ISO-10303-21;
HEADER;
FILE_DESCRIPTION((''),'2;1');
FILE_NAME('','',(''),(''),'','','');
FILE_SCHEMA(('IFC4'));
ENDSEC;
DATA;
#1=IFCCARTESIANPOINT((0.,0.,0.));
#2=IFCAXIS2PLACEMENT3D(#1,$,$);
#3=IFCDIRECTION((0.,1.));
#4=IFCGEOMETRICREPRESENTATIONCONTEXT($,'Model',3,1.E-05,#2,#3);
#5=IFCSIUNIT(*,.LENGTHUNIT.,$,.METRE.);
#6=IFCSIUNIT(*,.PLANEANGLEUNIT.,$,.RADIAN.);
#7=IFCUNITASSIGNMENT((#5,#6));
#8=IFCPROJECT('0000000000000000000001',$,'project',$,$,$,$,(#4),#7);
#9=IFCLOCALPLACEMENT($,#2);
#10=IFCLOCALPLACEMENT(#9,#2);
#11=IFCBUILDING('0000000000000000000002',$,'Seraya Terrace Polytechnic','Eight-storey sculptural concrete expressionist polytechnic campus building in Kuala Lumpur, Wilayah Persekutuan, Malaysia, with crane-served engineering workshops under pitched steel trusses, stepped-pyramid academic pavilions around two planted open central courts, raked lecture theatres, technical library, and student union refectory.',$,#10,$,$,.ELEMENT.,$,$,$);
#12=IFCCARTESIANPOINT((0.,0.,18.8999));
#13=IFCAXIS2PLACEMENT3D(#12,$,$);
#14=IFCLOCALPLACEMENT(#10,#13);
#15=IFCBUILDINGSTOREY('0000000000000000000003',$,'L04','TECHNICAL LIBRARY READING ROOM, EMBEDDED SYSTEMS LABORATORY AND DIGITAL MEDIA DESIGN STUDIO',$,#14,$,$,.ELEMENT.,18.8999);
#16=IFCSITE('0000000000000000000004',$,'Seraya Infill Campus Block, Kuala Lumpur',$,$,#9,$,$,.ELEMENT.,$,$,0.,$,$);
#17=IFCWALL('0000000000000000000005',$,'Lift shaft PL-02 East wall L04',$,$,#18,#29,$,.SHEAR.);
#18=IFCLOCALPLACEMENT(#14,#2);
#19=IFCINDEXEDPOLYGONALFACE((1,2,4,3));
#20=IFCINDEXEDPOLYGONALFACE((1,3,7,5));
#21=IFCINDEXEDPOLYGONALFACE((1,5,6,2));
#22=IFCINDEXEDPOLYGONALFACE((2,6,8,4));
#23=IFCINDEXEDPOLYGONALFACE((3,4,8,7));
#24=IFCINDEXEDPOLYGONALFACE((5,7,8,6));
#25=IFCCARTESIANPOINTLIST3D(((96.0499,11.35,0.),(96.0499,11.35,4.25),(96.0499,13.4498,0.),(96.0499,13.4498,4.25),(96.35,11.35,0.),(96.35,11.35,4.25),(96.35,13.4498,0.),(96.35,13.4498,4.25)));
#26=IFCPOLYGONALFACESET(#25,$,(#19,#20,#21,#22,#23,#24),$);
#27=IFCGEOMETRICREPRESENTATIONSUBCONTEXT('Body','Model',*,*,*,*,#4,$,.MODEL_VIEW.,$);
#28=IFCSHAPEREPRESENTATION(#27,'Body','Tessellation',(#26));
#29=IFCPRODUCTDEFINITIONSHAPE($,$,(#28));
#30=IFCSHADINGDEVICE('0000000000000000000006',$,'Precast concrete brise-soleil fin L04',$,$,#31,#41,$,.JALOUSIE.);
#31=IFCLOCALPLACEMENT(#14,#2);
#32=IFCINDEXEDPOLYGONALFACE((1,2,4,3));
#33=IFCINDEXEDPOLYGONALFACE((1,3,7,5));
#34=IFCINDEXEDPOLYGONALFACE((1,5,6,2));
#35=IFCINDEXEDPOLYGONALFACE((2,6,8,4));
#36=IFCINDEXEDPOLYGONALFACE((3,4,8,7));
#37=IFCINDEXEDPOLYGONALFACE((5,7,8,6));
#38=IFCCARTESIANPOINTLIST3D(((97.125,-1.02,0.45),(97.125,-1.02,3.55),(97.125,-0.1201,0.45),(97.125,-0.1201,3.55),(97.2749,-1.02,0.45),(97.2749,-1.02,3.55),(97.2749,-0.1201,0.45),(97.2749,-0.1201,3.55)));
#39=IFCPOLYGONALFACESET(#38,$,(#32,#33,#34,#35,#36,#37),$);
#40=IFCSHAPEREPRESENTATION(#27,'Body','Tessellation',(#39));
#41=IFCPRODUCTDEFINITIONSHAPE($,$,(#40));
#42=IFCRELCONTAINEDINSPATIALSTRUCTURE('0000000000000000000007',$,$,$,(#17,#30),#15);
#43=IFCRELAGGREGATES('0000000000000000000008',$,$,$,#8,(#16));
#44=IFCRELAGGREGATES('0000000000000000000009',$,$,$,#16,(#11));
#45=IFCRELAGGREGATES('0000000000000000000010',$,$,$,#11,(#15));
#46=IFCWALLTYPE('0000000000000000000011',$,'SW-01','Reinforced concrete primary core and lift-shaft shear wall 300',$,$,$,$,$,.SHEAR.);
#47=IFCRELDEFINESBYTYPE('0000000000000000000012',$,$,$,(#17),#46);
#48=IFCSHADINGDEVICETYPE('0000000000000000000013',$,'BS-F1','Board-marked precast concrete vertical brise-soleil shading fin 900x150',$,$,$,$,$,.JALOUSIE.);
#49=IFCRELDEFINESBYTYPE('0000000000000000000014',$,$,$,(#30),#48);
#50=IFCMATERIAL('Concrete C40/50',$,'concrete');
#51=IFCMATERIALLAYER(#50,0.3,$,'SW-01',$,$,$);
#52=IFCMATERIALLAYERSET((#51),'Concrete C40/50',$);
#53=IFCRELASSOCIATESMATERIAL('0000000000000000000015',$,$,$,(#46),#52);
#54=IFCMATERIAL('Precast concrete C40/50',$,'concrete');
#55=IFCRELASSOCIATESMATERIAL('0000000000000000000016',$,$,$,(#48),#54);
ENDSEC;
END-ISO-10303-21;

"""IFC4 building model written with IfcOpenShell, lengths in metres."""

from ifc_helpers import new_model, si_unit, direction, frame, frame_2d, origin, origin_2d, place, context, subcontext, project, spatial, rectangle, extrude, material, layer, layer_set, type_object, element, save


model = new_model("IFC4")

# Units and contexts
model_context = context("Model", 3, precision=1e-05, world=origin(), true_north=direction((0.0, 1.0)))
body_context = subcontext(model_context, "Body", "Model", "MODEL_VIEW")
ifc_project = project(units=[si_unit("LENGTHUNIT", "METRE"), si_unit("PLANEANGLEUNIT", "RADIAN")], contexts=[model_context])

# Site, building, storey
site_placement = place(None, origin())
site = spatial("IfcSite", under=ifc_project, at=site_placement, Name="Seraya Infill Campus Block, Kuala Lumpur", CompositionType="ELEMENT", RefElevation=0.0)
building_placement = place(site_placement, origin())
building = spatial("IfcBuilding", under=site, at=building_placement, Name="Seraya Terrace Polytechnic", Description="Eight-storey sculptural concrete expressionist polytechnic campus building in Kuala Lumpur, Wilayah Persekutuan, Malaysia, with crane-served engineering workshops under pitched steel trusses, stepped-pyramid academic pavilions around two planted open central courts, raked lecture theatres, technical library, and student union refectory.", CompositionType="ELEMENT")
storey_placement = place(building_placement, frame((0.0, 0.0, 18.8999)))
storey = spatial("IfcBuildingStorey", under=building, at=storey_placement, Name="L04", Description="TECHNICAL LIBRARY READING ROOM, EMBEDDED SYSTEMS LABORATORY AND DIGITAL MEDIA DESIGN STUDIO", CompositionType="ELEMENT", Elevation=18.8999)

# Shared definitions
ifc_material_1 = material(Name="Concrete C40/50", Category="concrete")

# Shared definitions
ifc_material_2 = material(Name="Precast concrete C40/50", Category="concrete")

# Shared definitions
ifc_layer_1 = layer(ifc_material_1, 0.3, Name="SW-01")
ifc_layer_set_1 = layer_set([ifc_layer_1], Name="Concrete C40/50")
wall_type_1 = type_object("IfcWallType", Name="SW-01", Description="Reinforced concrete primary core and lift-shaft shear wall 300", PredefinedType="SHEAR", material=ifc_layer_set_1)

# Wall
for number, where, z_axis, x_axis, name in (
    (1, (96.2, 11.3501, 0.0), (0.0, 0.0, 1.0), (0.0, 1.0, 0.0), "Lift shaft PL-02 East wall L04"),
):
    element("IfcWall", number, at=place(storey_placement, frame(where, z_axis=z_axis, x_axis=x_axis)), inside=storey, type_object=wall_type_1, Name=name, PredefinedType="SHEAR", context=body_context, shape_type="SweptSolid", body=[
        extrude(rectangle(XDim=2.0999, YDim=0.3, at=frame_2d((1.0498, 0.0))), origin(), (0.0, 0.0, 1.0), 4.25),
    ])

# Shading device
shading_device_type = type_object("IfcShadingDeviceType", Name="BS-F1", Description="Board-marked precast concrete vertical brise-soleil shading fin 900x150", PredefinedType="JALOUSIE", material=ifc_material_2)
shading_device_placement = place(storey_placement, frame((97.2, -0.5701, 0.45), z_axis=(0.0, 0.0, 1.0), x_axis=(0.0, -1.0, 0.0)))
element("IfcShadingDevice", 2, at=shading_device_placement, inside=storey, type_object=shading_device_type, Name="Precast concrete brise-soleil fin L04", PredefinedType="JALOUSIE", context=body_context, shape_type="SweptSolid", body=[
    extrude(rectangle(XDim=0.8999, YDim=0.1499, at=origin_2d()), origin(), (0.0, 0.0, 1.0), 3.1001),
])

save(model, "model.ifc")
